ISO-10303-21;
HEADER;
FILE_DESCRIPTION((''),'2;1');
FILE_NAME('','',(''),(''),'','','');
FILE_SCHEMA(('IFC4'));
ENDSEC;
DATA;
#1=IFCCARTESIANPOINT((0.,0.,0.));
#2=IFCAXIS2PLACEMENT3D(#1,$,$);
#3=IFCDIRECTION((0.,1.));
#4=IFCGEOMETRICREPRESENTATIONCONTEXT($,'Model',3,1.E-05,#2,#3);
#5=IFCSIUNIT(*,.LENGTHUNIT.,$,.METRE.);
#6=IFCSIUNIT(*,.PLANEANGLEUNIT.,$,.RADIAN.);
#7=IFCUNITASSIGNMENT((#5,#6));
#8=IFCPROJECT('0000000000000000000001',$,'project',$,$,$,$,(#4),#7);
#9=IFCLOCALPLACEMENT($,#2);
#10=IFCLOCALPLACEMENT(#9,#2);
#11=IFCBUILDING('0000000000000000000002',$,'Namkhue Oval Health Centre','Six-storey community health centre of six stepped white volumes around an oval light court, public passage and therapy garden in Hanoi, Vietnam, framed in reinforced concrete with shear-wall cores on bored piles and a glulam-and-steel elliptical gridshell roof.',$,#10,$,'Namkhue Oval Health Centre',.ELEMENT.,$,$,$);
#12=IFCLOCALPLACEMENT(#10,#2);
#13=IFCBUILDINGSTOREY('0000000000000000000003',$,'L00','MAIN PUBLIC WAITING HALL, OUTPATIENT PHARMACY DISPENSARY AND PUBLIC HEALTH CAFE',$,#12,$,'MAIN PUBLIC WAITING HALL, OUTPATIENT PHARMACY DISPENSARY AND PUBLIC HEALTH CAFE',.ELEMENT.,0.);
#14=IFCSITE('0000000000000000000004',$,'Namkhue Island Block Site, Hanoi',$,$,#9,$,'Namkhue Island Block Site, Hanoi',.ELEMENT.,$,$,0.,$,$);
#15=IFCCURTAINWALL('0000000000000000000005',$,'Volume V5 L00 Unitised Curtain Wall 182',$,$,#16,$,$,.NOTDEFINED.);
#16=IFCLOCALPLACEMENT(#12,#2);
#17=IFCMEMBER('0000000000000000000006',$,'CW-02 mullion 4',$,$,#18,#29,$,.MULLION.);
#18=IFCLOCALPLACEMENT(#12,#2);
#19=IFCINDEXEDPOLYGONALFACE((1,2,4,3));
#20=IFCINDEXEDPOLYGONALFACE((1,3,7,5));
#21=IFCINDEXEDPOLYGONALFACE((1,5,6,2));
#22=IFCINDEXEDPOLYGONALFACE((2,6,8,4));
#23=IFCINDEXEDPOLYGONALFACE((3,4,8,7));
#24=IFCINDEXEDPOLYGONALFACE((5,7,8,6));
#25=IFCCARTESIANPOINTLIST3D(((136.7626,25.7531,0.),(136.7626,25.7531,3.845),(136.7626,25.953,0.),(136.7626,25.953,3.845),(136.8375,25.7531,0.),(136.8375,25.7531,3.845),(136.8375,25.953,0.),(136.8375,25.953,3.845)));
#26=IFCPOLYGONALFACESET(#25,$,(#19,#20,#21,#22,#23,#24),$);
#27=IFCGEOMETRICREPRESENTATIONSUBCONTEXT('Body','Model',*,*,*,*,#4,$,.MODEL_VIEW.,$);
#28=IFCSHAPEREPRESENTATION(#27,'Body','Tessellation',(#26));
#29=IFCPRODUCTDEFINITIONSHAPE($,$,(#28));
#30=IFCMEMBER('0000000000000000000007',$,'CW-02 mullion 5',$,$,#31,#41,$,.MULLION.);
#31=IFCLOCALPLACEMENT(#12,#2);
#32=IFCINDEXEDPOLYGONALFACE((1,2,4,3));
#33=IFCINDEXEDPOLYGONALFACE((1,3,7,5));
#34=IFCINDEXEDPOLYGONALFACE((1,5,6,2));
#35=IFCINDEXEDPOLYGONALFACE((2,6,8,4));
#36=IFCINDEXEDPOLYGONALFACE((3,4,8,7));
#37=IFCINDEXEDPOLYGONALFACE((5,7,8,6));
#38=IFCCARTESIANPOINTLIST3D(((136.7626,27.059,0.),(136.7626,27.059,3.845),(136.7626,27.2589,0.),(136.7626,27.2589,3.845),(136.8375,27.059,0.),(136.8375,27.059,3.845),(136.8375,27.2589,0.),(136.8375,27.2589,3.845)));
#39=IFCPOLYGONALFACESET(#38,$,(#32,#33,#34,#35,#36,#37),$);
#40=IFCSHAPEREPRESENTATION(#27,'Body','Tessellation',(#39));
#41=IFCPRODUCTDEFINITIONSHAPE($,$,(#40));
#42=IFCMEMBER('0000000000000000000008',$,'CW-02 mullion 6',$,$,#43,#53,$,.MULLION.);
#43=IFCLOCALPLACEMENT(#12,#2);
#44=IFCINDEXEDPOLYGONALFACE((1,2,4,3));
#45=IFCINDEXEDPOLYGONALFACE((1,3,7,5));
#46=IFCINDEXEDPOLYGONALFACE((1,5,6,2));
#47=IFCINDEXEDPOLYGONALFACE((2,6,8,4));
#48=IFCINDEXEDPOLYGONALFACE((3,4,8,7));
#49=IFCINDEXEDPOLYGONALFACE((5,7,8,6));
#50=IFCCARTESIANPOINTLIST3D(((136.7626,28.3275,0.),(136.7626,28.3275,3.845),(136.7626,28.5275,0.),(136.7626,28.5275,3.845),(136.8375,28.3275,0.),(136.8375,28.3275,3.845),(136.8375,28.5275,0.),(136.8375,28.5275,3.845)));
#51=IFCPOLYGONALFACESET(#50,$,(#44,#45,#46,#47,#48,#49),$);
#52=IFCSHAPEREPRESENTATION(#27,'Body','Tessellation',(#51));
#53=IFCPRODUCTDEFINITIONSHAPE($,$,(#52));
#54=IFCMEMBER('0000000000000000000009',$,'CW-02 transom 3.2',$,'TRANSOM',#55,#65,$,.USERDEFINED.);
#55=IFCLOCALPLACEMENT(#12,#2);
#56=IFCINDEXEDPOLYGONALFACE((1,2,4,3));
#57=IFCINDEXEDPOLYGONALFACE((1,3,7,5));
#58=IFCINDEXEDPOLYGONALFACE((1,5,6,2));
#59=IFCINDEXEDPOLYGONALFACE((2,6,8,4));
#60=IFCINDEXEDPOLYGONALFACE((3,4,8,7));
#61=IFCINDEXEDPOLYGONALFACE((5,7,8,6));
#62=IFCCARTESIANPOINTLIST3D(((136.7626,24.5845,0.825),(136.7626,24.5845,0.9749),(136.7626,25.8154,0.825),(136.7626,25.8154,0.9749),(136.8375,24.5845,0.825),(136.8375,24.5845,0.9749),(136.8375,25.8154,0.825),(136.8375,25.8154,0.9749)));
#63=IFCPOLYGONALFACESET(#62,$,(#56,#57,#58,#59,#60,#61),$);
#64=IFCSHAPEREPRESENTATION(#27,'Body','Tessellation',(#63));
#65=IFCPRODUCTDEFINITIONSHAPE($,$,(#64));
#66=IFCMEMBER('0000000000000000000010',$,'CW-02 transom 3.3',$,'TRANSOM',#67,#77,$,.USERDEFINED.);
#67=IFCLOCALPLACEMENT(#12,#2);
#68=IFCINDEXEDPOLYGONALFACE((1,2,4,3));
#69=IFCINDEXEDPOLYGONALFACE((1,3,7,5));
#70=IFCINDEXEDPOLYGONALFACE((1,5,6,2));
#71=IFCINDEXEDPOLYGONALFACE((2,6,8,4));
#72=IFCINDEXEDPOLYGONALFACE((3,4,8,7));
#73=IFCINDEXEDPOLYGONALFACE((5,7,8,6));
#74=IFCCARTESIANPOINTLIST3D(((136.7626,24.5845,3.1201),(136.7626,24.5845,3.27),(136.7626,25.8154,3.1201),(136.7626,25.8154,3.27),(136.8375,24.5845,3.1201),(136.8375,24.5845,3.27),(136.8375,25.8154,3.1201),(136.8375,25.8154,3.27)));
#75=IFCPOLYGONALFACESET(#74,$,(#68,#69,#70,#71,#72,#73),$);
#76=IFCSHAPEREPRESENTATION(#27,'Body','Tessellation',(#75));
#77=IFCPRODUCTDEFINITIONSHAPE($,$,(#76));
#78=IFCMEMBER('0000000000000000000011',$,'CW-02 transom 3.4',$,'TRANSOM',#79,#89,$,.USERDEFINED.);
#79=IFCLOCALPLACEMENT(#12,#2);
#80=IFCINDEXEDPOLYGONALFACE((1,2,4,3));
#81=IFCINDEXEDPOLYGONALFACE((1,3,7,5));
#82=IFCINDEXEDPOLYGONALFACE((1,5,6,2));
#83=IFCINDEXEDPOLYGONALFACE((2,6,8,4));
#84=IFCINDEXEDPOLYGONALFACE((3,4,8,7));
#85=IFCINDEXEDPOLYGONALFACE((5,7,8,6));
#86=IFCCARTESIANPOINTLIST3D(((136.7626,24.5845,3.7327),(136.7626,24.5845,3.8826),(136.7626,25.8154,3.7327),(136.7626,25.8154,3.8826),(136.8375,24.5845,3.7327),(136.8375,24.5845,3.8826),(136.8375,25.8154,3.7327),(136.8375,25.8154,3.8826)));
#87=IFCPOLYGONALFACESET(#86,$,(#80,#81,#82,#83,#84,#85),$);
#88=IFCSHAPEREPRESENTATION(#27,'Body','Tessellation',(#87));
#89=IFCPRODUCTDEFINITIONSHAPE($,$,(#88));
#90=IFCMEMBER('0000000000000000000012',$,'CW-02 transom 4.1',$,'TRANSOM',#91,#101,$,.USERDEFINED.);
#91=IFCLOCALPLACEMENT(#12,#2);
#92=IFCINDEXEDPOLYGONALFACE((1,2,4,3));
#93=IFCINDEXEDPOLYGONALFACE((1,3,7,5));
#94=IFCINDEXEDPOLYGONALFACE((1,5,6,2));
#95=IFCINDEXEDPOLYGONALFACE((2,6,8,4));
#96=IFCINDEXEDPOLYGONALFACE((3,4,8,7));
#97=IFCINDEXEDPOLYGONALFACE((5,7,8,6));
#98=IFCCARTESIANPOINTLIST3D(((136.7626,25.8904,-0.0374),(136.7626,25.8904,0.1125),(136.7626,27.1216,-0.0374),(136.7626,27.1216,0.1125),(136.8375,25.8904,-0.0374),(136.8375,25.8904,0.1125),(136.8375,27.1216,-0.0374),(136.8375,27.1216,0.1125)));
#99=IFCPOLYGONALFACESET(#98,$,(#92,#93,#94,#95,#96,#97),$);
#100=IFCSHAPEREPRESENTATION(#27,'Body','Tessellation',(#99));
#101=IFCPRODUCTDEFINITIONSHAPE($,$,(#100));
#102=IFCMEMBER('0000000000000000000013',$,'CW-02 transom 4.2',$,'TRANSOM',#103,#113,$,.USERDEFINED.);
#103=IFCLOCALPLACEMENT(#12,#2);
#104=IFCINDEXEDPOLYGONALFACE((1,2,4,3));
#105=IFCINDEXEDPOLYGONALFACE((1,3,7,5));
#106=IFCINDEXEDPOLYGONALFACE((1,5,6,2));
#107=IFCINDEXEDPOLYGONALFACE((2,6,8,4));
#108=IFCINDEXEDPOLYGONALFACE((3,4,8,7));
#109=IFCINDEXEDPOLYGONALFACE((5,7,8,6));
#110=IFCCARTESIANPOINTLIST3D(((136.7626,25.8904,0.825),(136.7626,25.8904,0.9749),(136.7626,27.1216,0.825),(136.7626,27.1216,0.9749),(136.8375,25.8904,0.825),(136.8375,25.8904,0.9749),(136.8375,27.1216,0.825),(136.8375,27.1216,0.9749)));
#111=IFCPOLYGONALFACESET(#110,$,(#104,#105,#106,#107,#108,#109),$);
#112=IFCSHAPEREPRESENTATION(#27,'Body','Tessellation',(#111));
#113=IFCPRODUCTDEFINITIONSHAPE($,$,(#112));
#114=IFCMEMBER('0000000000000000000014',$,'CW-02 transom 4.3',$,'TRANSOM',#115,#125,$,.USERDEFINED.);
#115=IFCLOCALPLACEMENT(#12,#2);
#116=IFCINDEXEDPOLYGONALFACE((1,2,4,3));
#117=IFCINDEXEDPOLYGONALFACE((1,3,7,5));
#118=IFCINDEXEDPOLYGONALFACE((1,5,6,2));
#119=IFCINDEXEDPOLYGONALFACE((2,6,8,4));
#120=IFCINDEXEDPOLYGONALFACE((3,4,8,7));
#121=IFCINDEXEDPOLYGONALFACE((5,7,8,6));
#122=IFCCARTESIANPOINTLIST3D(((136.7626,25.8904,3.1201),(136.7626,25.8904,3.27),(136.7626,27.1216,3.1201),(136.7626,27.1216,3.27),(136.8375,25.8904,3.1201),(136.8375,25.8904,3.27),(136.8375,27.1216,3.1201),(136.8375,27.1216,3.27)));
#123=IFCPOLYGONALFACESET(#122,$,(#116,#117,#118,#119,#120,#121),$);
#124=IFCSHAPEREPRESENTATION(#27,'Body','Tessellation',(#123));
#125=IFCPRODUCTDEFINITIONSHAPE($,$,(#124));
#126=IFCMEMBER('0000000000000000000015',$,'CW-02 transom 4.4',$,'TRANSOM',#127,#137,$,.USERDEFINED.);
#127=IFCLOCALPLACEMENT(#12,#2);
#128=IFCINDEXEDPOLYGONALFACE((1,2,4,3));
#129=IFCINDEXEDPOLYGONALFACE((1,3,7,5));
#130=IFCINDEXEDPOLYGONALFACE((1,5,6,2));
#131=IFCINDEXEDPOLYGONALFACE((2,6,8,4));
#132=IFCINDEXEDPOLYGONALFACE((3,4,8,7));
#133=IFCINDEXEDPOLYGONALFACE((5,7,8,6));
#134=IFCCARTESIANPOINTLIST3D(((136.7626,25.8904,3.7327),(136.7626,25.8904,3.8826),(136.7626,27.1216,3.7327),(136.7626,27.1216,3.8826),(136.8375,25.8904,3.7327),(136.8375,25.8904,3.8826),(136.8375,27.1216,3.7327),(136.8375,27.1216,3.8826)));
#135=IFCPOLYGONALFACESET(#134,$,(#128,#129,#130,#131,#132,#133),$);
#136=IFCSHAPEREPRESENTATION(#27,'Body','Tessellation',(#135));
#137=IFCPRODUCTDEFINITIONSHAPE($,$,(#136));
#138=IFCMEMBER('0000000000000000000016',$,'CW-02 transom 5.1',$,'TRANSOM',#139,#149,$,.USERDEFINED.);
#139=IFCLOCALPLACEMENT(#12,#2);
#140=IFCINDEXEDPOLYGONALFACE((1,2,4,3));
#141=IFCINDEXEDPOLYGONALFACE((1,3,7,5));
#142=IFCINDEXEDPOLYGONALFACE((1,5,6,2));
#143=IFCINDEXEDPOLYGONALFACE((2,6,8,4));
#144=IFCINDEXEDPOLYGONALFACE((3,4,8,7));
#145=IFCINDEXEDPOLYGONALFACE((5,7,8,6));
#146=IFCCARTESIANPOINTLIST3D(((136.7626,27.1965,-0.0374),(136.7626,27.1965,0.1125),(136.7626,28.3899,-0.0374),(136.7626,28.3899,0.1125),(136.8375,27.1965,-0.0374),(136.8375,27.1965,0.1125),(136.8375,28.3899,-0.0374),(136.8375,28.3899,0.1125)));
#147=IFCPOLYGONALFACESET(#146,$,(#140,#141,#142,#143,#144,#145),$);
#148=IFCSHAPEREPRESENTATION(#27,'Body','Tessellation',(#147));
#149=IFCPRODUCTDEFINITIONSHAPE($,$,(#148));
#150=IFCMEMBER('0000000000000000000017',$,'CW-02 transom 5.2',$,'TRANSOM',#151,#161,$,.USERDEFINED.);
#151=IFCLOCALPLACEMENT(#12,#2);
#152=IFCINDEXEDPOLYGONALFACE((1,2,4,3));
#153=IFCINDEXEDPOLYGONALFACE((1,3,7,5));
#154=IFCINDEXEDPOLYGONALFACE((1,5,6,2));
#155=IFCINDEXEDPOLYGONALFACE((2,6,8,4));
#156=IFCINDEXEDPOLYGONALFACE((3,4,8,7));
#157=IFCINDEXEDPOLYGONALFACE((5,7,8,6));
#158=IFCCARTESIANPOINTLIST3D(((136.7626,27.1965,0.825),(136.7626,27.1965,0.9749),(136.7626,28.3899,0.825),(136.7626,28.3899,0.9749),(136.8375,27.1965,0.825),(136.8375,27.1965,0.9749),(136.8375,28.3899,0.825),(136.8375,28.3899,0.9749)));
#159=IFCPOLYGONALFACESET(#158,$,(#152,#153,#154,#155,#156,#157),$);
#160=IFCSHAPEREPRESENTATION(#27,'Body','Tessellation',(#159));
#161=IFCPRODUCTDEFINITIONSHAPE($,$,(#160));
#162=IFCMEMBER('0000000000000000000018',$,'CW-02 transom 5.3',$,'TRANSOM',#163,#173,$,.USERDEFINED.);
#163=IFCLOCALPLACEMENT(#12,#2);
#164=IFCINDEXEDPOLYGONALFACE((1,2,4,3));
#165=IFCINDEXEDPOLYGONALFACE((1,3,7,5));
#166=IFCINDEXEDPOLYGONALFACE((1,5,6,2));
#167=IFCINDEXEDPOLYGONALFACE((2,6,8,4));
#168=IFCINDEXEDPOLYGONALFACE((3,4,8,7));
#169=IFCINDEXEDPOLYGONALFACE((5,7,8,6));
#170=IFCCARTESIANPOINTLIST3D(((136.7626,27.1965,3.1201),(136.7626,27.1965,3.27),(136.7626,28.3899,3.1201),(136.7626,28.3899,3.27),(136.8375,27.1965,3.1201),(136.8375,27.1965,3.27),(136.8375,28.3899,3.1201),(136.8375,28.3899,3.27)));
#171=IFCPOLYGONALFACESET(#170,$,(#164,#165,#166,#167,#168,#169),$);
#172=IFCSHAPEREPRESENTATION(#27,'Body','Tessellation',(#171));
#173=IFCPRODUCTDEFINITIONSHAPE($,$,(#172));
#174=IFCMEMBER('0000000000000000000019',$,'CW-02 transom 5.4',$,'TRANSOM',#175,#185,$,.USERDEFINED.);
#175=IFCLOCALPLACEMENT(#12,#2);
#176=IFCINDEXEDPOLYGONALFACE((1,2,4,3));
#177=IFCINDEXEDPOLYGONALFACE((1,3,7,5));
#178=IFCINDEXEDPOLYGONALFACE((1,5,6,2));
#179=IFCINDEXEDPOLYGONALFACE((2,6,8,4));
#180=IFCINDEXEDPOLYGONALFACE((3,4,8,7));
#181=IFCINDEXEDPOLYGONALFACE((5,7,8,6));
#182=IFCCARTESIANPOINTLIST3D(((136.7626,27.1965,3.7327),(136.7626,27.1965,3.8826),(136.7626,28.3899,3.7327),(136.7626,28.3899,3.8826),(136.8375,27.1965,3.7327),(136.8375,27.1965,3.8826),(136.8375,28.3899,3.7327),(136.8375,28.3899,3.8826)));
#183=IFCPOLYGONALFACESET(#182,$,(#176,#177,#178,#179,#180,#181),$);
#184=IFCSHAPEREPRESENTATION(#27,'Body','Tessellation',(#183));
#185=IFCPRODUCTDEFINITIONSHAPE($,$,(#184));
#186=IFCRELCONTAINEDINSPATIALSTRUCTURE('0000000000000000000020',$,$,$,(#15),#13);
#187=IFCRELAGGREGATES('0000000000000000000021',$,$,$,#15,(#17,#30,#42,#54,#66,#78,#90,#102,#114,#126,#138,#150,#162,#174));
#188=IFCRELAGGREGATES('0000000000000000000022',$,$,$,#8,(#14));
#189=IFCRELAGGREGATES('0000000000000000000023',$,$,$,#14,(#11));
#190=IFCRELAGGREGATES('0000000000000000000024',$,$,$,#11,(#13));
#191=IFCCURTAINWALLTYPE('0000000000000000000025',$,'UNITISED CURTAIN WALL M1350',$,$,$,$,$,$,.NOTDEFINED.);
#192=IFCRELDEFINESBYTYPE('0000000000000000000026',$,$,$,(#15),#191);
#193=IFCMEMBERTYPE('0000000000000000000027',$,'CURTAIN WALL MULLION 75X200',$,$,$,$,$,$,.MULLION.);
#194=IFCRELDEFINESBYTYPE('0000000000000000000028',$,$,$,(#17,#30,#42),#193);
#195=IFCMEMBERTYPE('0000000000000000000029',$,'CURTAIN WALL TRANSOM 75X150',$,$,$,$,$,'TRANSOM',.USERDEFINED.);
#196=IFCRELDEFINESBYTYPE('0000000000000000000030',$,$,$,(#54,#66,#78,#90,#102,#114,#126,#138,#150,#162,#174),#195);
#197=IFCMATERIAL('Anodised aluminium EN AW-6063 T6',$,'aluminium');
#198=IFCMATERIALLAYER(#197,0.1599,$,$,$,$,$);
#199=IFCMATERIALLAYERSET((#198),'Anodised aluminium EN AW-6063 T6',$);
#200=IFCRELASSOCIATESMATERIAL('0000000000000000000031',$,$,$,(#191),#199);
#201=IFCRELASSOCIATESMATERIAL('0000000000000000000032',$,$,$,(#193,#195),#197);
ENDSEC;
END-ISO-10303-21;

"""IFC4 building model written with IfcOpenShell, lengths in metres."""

from ifc_helpers import new_model, si_unit, direction, frame, origin, origin_2d, place, context, subcontext, project, spatial, rectangle, extrude, material, layer, layer_set, material_profile, profile_set, type_object, element, aggregate, save


model = new_model("IFC4")

# Units and contexts
model_context = context("Model", 3, precision=1e-05, world=origin(), true_north=direction((0.0, 1.0)))
body_context = subcontext(model_context, "Body", "Model", "MODEL_VIEW")
ifc_project = project(units=[si_unit("LENGTHUNIT", "METRE"), si_unit("PLANEANGLEUNIT", "RADIAN")], contexts=[model_context])

# Site, building, storey
site_placement = place(None, origin())
site = spatial("IfcSite", under=ifc_project, at=site_placement, Name="Namkhue Island Block Site, Hanoi", LongName="Namkhue Island Block Site, Hanoi", CompositionType="ELEMENT", RefElevation=0.0)
building_placement = place(site_placement, origin())
building = spatial("IfcBuilding", under=site, at=building_placement, Name="Namkhue Oval Health Centre", Description="Six-storey community health centre of six stepped white volumes around an oval light court, public passage and therapy garden in Hanoi, Vietnam, framed in reinforced concrete with shear-wall cores on bored piles and a glulam-and-steel elliptical gridshell roof.", LongName="Namkhue Oval Health Centre", CompositionType="ELEMENT")
storey_placement = place(building_placement, origin())
storey = spatial("IfcBuildingStorey", under=building, at=storey_placement, Name="L00", Description="MAIN PUBLIC WAITING HALL, OUTPATIENT PHARMACY DISPENSARY AND PUBLIC HEALTH CAFE", LongName="MAIN PUBLIC WAITING HALL, OUTPATIENT PHARMACY DISPENSARY AND PUBLIC HEALTH CAFE", CompositionType="ELEMENT", Elevation=0.0)

# Curtain wall, members
ifc_material_1 = material(Name="Anodised aluminium EN AW-6063 T6", Category="aluminium")
ifc_layer_1 = layer(ifc_material_1, 0.1599)
ifc_layer_set_1 = layer_set([ifc_layer_1], Name="Anodised aluminium EN AW-6063 T6")
curtain_wall_type = type_object("IfcCurtainWallType", Name="UNITISED CURTAIN WALL M1350", PredefinedType="NOTDEFINED", material=ifc_layer_set_1)
curtain_wall_placement = place(storey_placement, origin())
curtain_wall = element("IfcCurtainWall", 1, at=curtain_wall_placement, inside=storey, type_object=curtain_wall_type, Name="Volume V5 L00 Unitised Curtain Wall 182", PredefinedType="NOTDEFINED")
ifc_material_profile_1 = material_profile(ifc_material_1, rectangle(XDim=0.075, YDim=0.2, at=origin_2d()), Name="ALU 75x200")
ifc_profile_set_1 = profile_set([ifc_material_profile_1], Name="Anodised aluminium EN AW-6063 T6")
member_type_1 = type_object("IfcMemberType", Name="CURTAIN WALL MULLION 75X200", PredefinedType="MULLION", material=ifc_profile_set_1)
member_1_placement = place(storey_placement, frame((136.8, 25.853, 0.0), z_axis=(0.0, 0.0, 1.0), x_axis=(-1.0, 0.0, 0.0)))
member_1 = element("IfcMember", 2, at=member_1_placement, type_object=member_type_1, Name="CW-02 mullion 4", PredefinedType="MULLION", context=body_context, shape_type="SweptSolid", body=[
    extrude(rectangle(XDim=0.075, YDim=0.2, at=origin_2d()), origin(), (0.0, 0.0, 1.0), 3.845),
])
member_2_placement = place(storey_placement, frame((136.8, 27.1589, 0.0), z_axis=(0.0, 0.0, 1.0), x_axis=(-1.0, 0.0, 0.0)))
member_2 = element("IfcMember", 3, at=member_2_placement, type_object=member_type_1, Name="CW-02 mullion 5", PredefinedType="MULLION", context=body_context, shape_type="SweptSolid", body=[
    extrude(rectangle(XDim=0.075, YDim=0.2, at=origin_2d()), origin(), (0.0, 0.0, 1.0), 3.845),
])
member_3_placement = place(storey_placement, frame((136.8, 28.4275, 0.0), z_axis=(0.0, 0.0, 1.0), x_axis=(-1.0, 0.0, 0.0)))
member_3 = element("IfcMember", 4, at=member_3_placement, type_object=member_type_1, Name="CW-02 mullion 6", PredefinedType="MULLION", context=body_context, shape_type="SweptSolid", body=[
    extrude(rectangle(XDim=0.075, YDim=0.2, at=origin_2d()), origin(), (0.0, 0.0, 1.0), 3.845),
])
ifc_material_profile_2 = material_profile(ifc_material_1, rectangle(XDim=0.075, YDim=0.1499, at=origin_2d()), Name="ALU 75x150")
ifc_profile_set_2 = profile_set([ifc_material_profile_2], Name="Anodised aluminium EN AW-6063 T6")
member_type_2 = type_object("IfcMemberType", Name="CURTAIN WALL TRANSOM 75X150", ElementType="TRANSOM", PredefinedType="USERDEFINED", material=ifc_profile_set_2)
member_4_placement = place(storey_placement, frame((136.8, 24.5845, 0.8999), z_axis=(0.0, 1.0, 0.0), x_axis=(-1.0, 0.0, 0.0)))
member_4 = element("IfcMember", 5, at=member_4_placement, type_object=member_type_2, Name="CW-02 transom 3.2", ObjectType="TRANSOM", PredefinedType="USERDEFINED", context=body_context, shape_type="SweptSolid", body=[
    extrude(rectangle(XDim=0.075, YDim=0.1499, at=origin_2d()), origin(), (0.0, 0.0, 1.0), 1.231),
])
member_5_placement = place(storey_placement, frame((136.8, 24.5845, 3.1951), z_axis=(0.0, 1.0, 0.0), x_axis=(-1.0, 0.0, 0.0)))
member_5 = element("IfcMember", 6, at=member_5_placement, type_object=member_type_2, Name="CW-02 transom 3.3", ObjectType="TRANSOM", PredefinedType="USERDEFINED", context=body_context, shape_type="SweptSolid", body=[
    extrude(rectangle(XDim=0.075, YDim=0.1499, at=origin_2d()), origin(), (0.0, 0.0, 1.0), 1.231),
])
member_6_placement = place(storey_placement, frame((136.8, 24.5845, 3.8076), z_axis=(0.0, 1.0, 0.0), x_axis=(-1.0, 0.0, 0.0)))
member_6 = element("IfcMember", 7, at=member_6_placement, type_object=member_type_2, Name="CW-02 transom 3.4", ObjectType="TRANSOM", PredefinedType="USERDEFINED", context=body_context, shape_type="SweptSolid", body=[
    extrude(rectangle(XDim=0.075, YDim=0.1499, at=origin_2d()), origin(), (0.0, 0.0, 1.0), 1.231),
])
member_7_placement = place(storey_placement, frame((136.8, 25.8904, 0.0376), z_axis=(0.0, 1.0, 0.0), x_axis=(-1.0, 0.0, 0.0)))
member_7 = element("IfcMember", 8, at=member_7_placement, type_object=member_type_2, Name="CW-02 transom 4.1", ObjectType="TRANSOM", PredefinedType="USERDEFINED", context=body_context, shape_type="SweptSolid", body=[
    extrude(rectangle(XDim=0.075, YDim=0.1499, at=origin_2d()), origin(), (0.0, 0.0, 1.0), 1.2312),
])
member_8_placement = place(storey_placement, frame((136.8, 25.8904, 0.8999), z_axis=(0.0, 1.0, 0.0), x_axis=(-1.0, 0.0, 0.0)))
member_8 = element("IfcMember", 9, at=member_8_placement, type_object=member_type_2, Name="CW-02 transom 4.2", ObjectType="TRANSOM", PredefinedType="USERDEFINED", context=body_context, shape_type="SweptSolid", body=[
    extrude(rectangle(XDim=0.075, YDim=0.1499, at=origin_2d()), origin(), (0.0, 0.0, 1.0), 1.2312),
])
member_9_placement = place(storey_placement, frame((136.8, 25.8904, 3.1951), z_axis=(0.0, 1.0, 0.0), x_axis=(-1.0, 0.0, 0.0)))
member_9 = element("IfcMember", 10, at=member_9_placement, type_object=member_type_2, Name="CW-02 transom 4.3", ObjectType="TRANSOM", PredefinedType="USERDEFINED", context=body_context, shape_type="SweptSolid", body=[
    extrude(rectangle(XDim=0.075, YDim=0.1499, at=origin_2d()), origin(), (0.0, 0.0, 1.0), 1.2312),
])
member_10_placement = place(storey_placement, frame((136.8, 25.8904, 3.8076), z_axis=(0.0, 1.0, 0.0), x_axis=(-1.0, 0.0, 0.0)))
member_10 = element("IfcMember", 11, at=member_10_placement, type_object=member_type_2, Name="CW-02 transom 4.4", ObjectType="TRANSOM", PredefinedType="USERDEFINED", context=body_context, shape_type="SweptSolid", body=[
    extrude(rectangle(XDim=0.075, YDim=0.1499, at=origin_2d()), origin(), (0.0, 0.0, 1.0), 1.2312),
])
member_11_placement = place(storey_placement, frame((136.8, 27.1965, 0.0376), z_axis=(0.0, 1.0, 0.0), x_axis=(-1.0, 0.0, 0.0)))
member_11 = element("IfcMember", 12, at=member_11_placement, type_object=member_type_2, Name="CW-02 transom 5.1", ObjectType="TRANSOM", PredefinedType="USERDEFINED", context=body_context, shape_type="SweptSolid", body=[
    extrude(rectangle(XDim=0.075, YDim=0.1499, at=origin_2d()), origin(), (0.0, 0.0, 1.0), 1.1934),
])
member_12_placement = place(storey_placement, frame((136.8, 27.1965, 0.8999), z_axis=(0.0, 1.0, 0.0), x_axis=(-1.0, 0.0, 0.0)))
member_12 = element("IfcMember", 13, at=member_12_placement, type_object=member_type_2, Name="CW-02 transom 5.2", ObjectType="TRANSOM", PredefinedType="USERDEFINED", context=body_context, shape_type="SweptSolid", body=[
    extrude(rectangle(XDim=0.075, YDim=0.1499, at=origin_2d()), origin(), (0.0, 0.0, 1.0), 1.1934),
])
member_13_placement = place(storey_placement, frame((136.8, 27.1965, 3.1951), z_axis=(0.0, 1.0, 0.0), x_axis=(-1.0, 0.0, 0.0)))
member_13 = element("IfcMember", 14, at=member_13_placement, type_object=member_type_2, Name="CW-02 transom 5.3", ObjectType="TRANSOM", PredefinedType="USERDEFINED", context=body_context, shape_type="SweptSolid", body=[
    extrude(rectangle(XDim=0.075, YDim=0.1499, at=origin_2d()), origin(), (0.0, 0.0, 1.0), 1.1934),
])
member_14_placement = place(storey_placement, frame((136.8, 27.1965, 3.8076), z_axis=(0.0, 1.0, 0.0), x_axis=(-1.0, 0.0, 0.0)))
member_14 = element("IfcMember", 15, at=member_14_placement, type_object=member_type_2, Name="CW-02 transom 5.4", ObjectType="TRANSOM", PredefinedType="USERDEFINED", context=body_context, shape_type="SweptSolid", body=[
    extrude(rectangle(XDim=0.075, YDim=0.1499, at=origin_2d()), origin(), (0.0, 0.0, 1.0), 1.1934),
])
aggregate(curtain_wall, [member_1, member_2, member_3, member_4, member_5, member_6, member_7, member_8, member_9, member_10, member_11, member_12, member_13, member_14])

save(model, "model.ifc")
